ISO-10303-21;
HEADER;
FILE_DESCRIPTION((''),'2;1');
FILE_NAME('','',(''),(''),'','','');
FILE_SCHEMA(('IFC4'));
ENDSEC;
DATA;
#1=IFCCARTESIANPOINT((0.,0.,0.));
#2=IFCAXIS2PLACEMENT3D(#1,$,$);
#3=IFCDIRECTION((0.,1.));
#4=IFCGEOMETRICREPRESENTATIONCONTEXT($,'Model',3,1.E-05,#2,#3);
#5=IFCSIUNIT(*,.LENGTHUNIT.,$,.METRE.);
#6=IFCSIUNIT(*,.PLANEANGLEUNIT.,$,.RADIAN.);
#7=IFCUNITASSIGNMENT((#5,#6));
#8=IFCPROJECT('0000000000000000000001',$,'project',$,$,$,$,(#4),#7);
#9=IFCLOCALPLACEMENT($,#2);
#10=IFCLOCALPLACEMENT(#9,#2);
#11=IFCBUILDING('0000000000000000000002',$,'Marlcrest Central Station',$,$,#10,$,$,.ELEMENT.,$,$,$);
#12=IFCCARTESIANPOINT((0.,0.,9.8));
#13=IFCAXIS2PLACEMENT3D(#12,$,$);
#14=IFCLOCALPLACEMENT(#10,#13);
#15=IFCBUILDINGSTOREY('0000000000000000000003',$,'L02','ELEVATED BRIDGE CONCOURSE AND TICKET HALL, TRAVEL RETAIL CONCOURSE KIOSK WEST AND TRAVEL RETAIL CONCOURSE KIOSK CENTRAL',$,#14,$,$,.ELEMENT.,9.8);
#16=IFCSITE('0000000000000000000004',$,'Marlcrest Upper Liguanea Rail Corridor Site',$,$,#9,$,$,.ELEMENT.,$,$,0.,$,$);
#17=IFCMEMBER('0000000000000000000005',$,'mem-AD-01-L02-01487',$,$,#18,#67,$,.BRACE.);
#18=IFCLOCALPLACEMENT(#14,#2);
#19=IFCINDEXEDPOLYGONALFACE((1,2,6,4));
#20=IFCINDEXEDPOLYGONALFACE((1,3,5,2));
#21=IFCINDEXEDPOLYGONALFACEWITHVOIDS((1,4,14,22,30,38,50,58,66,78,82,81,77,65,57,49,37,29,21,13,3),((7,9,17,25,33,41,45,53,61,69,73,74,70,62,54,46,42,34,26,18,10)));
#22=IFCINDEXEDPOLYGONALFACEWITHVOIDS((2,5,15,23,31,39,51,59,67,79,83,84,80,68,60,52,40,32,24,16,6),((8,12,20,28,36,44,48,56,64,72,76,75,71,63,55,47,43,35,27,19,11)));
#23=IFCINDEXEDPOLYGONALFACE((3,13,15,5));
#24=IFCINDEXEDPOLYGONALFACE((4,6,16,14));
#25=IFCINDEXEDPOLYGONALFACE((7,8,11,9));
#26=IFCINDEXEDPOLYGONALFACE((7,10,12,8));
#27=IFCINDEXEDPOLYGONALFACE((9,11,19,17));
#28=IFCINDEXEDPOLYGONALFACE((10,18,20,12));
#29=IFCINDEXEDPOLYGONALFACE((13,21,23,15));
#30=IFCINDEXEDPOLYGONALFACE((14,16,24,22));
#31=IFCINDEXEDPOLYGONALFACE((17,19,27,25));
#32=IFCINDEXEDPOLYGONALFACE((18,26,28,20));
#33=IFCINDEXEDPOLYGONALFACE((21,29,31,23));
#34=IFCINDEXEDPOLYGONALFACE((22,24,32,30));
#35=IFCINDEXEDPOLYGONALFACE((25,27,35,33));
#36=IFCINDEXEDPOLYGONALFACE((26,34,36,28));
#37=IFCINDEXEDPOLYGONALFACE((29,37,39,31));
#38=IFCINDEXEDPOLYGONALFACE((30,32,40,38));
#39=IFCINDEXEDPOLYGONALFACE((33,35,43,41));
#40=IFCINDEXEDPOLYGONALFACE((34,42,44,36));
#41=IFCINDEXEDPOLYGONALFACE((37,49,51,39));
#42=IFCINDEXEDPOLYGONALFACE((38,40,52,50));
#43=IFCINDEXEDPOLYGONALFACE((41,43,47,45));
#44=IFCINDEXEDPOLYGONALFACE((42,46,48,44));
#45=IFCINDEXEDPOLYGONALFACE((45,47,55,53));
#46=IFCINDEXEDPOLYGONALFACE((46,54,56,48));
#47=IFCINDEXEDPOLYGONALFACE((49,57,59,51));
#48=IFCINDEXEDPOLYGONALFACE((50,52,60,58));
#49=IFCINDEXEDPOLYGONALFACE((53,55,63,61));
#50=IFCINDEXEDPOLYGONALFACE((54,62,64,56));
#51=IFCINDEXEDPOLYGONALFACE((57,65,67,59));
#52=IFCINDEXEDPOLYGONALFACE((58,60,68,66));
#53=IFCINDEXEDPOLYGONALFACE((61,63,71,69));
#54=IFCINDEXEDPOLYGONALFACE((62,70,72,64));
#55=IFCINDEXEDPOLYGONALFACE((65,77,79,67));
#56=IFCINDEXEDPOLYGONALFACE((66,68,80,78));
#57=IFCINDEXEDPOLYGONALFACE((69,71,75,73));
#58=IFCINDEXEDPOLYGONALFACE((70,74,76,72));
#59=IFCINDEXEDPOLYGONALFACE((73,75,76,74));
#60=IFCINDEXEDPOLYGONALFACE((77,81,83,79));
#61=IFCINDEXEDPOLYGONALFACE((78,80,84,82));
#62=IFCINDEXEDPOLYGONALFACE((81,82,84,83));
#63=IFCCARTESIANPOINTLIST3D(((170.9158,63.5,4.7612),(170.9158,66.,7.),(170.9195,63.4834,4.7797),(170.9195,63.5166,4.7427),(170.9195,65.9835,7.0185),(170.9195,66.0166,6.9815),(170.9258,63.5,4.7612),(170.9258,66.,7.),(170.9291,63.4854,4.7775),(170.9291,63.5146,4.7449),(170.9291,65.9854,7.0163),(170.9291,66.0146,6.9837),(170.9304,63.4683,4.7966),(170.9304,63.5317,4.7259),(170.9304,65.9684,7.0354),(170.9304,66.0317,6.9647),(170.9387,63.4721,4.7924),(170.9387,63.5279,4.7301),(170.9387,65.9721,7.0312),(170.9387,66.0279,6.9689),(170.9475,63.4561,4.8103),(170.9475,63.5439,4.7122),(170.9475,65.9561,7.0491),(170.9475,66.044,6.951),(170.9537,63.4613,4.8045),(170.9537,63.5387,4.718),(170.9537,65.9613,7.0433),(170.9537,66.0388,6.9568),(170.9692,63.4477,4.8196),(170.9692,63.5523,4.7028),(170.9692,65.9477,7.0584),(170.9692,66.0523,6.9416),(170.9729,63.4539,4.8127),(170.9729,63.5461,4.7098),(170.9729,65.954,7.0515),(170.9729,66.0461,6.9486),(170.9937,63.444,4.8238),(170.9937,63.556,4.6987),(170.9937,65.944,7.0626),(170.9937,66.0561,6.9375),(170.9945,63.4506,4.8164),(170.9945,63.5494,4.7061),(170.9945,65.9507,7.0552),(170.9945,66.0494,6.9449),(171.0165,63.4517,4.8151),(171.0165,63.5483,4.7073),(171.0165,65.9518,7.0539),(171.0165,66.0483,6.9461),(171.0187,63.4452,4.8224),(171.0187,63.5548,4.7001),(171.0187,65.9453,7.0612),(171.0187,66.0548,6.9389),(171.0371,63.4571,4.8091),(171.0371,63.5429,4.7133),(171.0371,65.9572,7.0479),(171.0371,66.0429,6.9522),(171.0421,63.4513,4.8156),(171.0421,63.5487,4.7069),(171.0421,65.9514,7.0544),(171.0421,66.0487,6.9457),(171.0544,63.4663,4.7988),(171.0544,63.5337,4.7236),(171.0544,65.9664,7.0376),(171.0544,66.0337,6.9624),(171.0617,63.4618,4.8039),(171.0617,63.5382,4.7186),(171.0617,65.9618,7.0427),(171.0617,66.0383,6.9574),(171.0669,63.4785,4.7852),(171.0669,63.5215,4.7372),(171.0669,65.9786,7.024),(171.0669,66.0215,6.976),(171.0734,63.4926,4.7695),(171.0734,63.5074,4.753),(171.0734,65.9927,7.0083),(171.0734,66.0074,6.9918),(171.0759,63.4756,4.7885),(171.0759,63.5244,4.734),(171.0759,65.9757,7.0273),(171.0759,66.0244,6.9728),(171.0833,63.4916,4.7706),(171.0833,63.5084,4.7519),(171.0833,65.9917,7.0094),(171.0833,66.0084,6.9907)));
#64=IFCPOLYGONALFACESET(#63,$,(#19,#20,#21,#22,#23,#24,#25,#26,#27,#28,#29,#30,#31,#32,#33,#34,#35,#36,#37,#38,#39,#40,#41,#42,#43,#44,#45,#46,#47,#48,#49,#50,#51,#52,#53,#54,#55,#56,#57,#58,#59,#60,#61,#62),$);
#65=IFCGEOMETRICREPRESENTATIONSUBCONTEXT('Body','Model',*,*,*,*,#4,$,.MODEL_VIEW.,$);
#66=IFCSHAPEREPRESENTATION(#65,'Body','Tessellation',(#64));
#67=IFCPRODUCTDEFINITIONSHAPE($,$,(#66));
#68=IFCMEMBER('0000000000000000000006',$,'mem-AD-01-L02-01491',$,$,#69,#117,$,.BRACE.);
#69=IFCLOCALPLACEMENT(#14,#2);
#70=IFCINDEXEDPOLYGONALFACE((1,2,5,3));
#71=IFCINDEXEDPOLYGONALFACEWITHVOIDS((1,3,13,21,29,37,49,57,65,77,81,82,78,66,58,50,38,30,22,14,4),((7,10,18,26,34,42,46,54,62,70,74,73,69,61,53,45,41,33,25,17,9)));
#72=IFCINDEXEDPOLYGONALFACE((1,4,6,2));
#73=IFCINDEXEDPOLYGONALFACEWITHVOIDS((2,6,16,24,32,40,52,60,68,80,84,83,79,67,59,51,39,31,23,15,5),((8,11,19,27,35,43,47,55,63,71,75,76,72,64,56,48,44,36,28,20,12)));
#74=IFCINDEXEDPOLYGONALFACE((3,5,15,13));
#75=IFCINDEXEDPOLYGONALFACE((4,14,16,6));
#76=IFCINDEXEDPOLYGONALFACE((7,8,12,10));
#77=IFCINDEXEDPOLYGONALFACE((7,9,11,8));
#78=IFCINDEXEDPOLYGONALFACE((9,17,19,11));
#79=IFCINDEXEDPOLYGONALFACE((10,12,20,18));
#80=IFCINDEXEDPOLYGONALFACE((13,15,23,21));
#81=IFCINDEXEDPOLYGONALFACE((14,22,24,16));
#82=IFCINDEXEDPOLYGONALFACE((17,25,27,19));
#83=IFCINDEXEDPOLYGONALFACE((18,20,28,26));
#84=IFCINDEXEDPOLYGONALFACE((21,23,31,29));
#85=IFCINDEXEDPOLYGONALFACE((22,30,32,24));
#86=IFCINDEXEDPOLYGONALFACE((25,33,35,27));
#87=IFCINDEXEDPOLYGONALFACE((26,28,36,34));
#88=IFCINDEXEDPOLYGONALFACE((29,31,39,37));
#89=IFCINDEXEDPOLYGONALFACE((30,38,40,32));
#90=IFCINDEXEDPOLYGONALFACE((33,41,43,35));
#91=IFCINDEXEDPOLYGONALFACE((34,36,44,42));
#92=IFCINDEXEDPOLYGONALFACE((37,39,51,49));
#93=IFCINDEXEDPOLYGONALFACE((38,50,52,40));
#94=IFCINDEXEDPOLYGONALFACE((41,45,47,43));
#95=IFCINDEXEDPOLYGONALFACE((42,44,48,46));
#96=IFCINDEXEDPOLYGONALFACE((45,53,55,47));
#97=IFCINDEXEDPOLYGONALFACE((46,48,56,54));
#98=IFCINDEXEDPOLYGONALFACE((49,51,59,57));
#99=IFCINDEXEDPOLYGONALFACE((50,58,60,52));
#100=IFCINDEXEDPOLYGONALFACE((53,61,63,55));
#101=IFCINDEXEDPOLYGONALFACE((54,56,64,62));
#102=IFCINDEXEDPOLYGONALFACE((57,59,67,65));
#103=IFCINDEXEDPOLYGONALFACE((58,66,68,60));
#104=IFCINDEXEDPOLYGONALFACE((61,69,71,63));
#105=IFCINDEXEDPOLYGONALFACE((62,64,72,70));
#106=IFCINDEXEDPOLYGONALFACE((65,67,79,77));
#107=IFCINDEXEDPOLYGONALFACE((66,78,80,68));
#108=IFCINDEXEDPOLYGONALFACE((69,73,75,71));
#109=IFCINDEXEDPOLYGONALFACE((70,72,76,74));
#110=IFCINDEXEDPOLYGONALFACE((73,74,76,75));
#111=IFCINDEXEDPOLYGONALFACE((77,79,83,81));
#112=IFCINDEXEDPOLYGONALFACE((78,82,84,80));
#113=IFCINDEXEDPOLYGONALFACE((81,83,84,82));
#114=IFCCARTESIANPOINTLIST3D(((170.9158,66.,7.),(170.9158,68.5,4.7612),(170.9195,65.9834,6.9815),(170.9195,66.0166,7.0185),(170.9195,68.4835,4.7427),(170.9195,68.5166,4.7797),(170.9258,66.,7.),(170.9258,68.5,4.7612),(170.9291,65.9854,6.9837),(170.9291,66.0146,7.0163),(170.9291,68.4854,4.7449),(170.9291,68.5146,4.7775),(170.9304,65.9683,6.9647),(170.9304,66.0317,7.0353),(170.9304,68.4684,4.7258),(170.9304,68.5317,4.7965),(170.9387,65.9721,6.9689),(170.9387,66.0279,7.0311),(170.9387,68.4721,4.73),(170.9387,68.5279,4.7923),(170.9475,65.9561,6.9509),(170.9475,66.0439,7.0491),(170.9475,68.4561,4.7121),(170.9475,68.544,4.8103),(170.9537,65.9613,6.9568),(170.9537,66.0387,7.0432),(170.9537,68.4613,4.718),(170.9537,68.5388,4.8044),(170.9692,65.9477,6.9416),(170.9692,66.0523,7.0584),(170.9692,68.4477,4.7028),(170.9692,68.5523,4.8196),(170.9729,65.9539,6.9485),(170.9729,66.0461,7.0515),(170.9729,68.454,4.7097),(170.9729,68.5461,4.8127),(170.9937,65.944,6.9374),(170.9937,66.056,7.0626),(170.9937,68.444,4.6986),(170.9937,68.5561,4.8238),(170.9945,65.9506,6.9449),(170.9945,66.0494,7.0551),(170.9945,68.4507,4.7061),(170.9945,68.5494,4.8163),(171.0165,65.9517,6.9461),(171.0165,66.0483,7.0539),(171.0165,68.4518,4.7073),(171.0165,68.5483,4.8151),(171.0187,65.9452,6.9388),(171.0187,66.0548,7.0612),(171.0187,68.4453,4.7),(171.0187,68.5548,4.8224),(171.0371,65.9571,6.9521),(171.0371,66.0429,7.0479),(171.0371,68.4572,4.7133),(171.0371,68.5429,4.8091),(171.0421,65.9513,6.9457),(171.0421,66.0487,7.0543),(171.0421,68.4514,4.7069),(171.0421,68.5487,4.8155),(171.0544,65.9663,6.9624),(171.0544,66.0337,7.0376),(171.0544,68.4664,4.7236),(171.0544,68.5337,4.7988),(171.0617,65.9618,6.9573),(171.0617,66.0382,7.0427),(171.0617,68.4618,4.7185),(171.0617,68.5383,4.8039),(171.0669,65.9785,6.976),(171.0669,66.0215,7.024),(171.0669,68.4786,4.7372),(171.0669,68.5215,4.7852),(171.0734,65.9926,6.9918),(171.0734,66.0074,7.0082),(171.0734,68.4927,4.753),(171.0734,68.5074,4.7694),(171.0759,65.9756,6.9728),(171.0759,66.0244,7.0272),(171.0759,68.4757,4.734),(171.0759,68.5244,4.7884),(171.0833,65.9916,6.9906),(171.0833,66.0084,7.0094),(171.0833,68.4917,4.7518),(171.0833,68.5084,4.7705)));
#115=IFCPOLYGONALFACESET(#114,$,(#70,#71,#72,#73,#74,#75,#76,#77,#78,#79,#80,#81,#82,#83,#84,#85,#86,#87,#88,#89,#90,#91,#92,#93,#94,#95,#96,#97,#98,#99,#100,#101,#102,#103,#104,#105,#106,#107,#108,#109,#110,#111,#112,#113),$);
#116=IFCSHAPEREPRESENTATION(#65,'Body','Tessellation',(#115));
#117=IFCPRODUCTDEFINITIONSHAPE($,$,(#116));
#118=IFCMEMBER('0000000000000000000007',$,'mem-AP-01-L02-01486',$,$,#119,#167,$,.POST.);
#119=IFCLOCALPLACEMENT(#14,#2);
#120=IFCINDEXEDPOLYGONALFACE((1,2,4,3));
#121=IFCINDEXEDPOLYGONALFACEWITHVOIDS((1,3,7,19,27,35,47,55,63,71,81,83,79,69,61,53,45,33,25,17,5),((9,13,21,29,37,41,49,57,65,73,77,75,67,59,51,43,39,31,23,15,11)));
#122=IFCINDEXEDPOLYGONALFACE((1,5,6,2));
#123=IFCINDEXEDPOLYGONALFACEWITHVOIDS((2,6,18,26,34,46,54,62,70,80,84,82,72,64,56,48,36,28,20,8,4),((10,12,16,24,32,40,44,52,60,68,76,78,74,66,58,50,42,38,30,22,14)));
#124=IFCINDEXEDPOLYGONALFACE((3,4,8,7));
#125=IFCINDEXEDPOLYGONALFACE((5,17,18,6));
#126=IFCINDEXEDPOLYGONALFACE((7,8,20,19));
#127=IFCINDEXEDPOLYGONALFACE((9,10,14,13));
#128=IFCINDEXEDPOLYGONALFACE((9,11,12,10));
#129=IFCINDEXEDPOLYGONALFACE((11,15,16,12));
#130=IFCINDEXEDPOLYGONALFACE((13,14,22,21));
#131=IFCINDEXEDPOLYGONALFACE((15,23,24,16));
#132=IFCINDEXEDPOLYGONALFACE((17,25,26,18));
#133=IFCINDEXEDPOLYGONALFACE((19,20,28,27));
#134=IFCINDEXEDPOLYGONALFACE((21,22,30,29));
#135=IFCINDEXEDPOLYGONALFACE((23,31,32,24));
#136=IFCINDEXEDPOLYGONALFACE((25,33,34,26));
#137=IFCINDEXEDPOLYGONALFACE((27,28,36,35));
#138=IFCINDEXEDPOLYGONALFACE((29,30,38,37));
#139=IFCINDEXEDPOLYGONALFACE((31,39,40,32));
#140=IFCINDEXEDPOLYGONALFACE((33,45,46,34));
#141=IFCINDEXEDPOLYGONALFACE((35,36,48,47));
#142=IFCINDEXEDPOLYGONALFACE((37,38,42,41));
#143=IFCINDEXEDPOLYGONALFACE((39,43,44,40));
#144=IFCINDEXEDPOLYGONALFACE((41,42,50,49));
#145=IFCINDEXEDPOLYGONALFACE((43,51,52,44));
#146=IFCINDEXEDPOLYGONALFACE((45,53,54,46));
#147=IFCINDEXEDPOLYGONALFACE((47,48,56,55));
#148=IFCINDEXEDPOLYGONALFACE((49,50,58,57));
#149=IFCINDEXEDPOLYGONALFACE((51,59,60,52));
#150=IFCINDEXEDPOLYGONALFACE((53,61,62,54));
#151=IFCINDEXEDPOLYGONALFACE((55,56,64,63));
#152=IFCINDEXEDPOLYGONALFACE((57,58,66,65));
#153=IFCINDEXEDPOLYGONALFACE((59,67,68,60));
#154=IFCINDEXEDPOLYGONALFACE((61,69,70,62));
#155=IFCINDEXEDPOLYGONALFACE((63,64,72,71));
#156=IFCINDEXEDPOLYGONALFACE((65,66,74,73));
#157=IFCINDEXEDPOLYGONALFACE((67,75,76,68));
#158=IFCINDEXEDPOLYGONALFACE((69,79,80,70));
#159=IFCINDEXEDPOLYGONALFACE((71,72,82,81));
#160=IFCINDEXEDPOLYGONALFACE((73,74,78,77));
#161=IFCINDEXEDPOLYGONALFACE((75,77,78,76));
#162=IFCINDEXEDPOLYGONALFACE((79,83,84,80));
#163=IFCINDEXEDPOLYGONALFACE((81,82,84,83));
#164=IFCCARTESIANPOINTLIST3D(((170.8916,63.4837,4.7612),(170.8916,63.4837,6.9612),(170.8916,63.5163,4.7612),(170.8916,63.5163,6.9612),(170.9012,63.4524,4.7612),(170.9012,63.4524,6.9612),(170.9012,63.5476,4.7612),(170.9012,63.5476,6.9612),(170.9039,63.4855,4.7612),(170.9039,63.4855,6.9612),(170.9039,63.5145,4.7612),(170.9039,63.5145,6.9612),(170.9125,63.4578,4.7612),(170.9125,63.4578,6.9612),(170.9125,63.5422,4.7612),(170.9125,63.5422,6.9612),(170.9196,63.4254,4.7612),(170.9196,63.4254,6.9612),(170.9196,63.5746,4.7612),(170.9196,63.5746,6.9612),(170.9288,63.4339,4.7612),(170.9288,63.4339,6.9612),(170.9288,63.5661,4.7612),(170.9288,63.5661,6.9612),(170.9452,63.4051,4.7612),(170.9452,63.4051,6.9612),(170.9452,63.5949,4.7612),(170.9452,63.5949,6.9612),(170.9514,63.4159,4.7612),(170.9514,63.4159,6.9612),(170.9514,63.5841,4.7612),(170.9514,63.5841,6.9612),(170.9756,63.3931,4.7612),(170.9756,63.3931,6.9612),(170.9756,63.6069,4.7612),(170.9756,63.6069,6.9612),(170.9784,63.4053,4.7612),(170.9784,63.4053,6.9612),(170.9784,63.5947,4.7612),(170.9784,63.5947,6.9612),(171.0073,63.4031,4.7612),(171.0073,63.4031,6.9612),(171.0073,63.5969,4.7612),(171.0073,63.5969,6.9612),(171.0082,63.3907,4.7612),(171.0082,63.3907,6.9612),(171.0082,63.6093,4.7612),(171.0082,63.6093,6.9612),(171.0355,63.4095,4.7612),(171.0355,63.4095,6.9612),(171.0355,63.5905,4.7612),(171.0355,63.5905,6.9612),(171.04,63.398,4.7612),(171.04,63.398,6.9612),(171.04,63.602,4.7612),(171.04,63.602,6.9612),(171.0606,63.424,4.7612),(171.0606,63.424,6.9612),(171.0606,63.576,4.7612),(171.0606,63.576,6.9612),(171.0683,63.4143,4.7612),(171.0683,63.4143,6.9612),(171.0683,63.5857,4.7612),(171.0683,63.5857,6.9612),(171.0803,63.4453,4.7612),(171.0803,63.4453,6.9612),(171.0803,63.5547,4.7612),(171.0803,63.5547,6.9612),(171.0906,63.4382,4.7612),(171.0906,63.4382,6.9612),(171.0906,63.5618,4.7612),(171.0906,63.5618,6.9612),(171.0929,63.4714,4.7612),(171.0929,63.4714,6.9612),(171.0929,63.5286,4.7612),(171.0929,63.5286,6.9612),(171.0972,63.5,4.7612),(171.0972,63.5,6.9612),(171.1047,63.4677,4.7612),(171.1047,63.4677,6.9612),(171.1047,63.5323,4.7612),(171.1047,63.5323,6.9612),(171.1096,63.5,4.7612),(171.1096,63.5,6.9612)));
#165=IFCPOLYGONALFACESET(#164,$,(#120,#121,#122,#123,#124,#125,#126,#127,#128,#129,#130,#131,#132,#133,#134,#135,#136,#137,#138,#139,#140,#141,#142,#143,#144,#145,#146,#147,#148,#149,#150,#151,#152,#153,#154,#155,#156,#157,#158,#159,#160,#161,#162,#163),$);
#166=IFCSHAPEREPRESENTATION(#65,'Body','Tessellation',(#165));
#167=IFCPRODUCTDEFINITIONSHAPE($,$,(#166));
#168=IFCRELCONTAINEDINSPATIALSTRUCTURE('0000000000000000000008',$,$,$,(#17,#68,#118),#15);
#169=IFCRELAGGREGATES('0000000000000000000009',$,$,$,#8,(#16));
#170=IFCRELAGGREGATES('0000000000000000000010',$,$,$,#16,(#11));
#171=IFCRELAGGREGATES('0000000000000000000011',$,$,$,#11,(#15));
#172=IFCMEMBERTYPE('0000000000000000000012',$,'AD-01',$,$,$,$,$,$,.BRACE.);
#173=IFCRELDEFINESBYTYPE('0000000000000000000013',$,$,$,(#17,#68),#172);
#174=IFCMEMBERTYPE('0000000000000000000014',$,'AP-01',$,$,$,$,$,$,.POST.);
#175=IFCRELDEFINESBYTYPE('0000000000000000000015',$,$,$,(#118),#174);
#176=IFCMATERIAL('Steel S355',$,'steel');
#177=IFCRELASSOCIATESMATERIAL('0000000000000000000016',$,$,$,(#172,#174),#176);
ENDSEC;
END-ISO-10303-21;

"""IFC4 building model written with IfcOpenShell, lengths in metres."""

from ifc_helpers import new_model, si_unit, direction, frame, origin, origin_2d, place, context, subcontext, project, spatial, hollow_circle, extrude, material, material_profile, profile_set, type_object, element, save


model = new_model("IFC4")

# Units and contexts
model_context = context("Model", 3, precision=1e-05, world=origin(), true_north=direction((0.0, 1.0)))
body_context = subcontext(model_context, "Body", "Model", "MODEL_VIEW")
ifc_project = project(units=[si_unit("LENGTHUNIT", "METRE"), si_unit("PLANEANGLEUNIT", "RADIAN")], contexts=[model_context])

# Site, building, storey
site_placement = place(None, origin())
site = spatial("IfcSite", under=ifc_project, at=site_placement, Name="Marlcrest Upper Liguanea Rail Corridor Site", CompositionType="ELEMENT", RefElevation=0.0)
building_placement = place(site_placement, origin())
building = spatial("IfcBuilding", under=site, at=building_placement, Name="Marlcrest Central Station", CompositionType="ELEMENT")
storey_placement = place(building_placement, frame((0.0, 0.0, 9.8)))
storey = spatial("IfcBuildingStorey", under=building, at=storey_placement, Name="L02", Description="ELEVATED BRIDGE CONCOURSE AND TICKET HALL, TRAVEL RETAIL CONCOURSE KIOSK WEST AND TRAVEL RETAIL CONCOURSE KIOSK CENTRAL", CompositionType="ELEMENT", Elevation=9.8)

# Members
ifc_material = material(Name="Steel S355", Category="steel")
ifc_material_profile_1 = material_profile(ifc_material, hollow_circle(Radius=0.0842, WallThickness=0.01, at=origin_2d()), Name="CHS 168.3x10")
ifc_profile_set_1 = profile_set([ifc_material_profile_1], Name="Steel S355")
member_type_1 = type_object("IfcMemberType", Name="AD-01", PredefinedType="BRACE", material=ifc_profile_set_1)
for number, where, z_axis, x_axis, name in (
    (1, (171.0, 63.5, 4.7612), (0.0, 0.744956, 0.667114), (-1.0, 0.0, 0.0), "mem-AD-01-L02-01487"),
    (2, (171.0, 66.0, 7.0), (0.0, 0.744956, -0.667114), (-1.0, 0.0, 0.0), "mem-AD-01-L02-01491"),
):
    element("IfcMember", number, at=place(storey_placement, frame(where, z_axis=z_axis, x_axis=x_axis)), inside=storey, type_object=member_type_1, Name=name, PredefinedType="BRACE", context=body_context, shape_type="SweptSolid", body=[
        extrude(hollow_circle(Radius=0.0842, WallThickness=0.01, at=origin_2d()), origin(), (0.0, 0.0, 1.0), 3.356),
    ])
ifc_material_profile_2 = material_profile(ifc_material, hollow_circle(Radius=0.1096, WallThickness=0.0125, at=origin_2d()), Name="CHS 219.1x12.5")
ifc_profile_set_2 = profile_set([ifc_material_profile_2], Name="Steel S355")
member_type_2 = type_object("IfcMemberType", Name="AP-01", PredefinedType="POST", material=ifc_profile_set_2)
for number, where, z_axis, x_axis, name in (
    (3, (171.0, 63.5, 4.7612), (0.0, 0.0, 1.0), (1.0, 0.0, 0.0), "mem-AP-01-L02-01486"),
):
    element("IfcMember", number, at=place(storey_placement, frame(where, z_axis=z_axis, x_axis=x_axis)), inside=storey, type_object=member_type_2, Name=name, PredefinedType="POST", context=body_context, shape_type="SweptSolid", body=[
        extrude(hollow_circle(Radius=0.1096, WallThickness=0.0125, at=origin_2d()), origin(), (0.0, 0.0, 1.0), 2.2),
    ])

save(model, "model.ifc")
